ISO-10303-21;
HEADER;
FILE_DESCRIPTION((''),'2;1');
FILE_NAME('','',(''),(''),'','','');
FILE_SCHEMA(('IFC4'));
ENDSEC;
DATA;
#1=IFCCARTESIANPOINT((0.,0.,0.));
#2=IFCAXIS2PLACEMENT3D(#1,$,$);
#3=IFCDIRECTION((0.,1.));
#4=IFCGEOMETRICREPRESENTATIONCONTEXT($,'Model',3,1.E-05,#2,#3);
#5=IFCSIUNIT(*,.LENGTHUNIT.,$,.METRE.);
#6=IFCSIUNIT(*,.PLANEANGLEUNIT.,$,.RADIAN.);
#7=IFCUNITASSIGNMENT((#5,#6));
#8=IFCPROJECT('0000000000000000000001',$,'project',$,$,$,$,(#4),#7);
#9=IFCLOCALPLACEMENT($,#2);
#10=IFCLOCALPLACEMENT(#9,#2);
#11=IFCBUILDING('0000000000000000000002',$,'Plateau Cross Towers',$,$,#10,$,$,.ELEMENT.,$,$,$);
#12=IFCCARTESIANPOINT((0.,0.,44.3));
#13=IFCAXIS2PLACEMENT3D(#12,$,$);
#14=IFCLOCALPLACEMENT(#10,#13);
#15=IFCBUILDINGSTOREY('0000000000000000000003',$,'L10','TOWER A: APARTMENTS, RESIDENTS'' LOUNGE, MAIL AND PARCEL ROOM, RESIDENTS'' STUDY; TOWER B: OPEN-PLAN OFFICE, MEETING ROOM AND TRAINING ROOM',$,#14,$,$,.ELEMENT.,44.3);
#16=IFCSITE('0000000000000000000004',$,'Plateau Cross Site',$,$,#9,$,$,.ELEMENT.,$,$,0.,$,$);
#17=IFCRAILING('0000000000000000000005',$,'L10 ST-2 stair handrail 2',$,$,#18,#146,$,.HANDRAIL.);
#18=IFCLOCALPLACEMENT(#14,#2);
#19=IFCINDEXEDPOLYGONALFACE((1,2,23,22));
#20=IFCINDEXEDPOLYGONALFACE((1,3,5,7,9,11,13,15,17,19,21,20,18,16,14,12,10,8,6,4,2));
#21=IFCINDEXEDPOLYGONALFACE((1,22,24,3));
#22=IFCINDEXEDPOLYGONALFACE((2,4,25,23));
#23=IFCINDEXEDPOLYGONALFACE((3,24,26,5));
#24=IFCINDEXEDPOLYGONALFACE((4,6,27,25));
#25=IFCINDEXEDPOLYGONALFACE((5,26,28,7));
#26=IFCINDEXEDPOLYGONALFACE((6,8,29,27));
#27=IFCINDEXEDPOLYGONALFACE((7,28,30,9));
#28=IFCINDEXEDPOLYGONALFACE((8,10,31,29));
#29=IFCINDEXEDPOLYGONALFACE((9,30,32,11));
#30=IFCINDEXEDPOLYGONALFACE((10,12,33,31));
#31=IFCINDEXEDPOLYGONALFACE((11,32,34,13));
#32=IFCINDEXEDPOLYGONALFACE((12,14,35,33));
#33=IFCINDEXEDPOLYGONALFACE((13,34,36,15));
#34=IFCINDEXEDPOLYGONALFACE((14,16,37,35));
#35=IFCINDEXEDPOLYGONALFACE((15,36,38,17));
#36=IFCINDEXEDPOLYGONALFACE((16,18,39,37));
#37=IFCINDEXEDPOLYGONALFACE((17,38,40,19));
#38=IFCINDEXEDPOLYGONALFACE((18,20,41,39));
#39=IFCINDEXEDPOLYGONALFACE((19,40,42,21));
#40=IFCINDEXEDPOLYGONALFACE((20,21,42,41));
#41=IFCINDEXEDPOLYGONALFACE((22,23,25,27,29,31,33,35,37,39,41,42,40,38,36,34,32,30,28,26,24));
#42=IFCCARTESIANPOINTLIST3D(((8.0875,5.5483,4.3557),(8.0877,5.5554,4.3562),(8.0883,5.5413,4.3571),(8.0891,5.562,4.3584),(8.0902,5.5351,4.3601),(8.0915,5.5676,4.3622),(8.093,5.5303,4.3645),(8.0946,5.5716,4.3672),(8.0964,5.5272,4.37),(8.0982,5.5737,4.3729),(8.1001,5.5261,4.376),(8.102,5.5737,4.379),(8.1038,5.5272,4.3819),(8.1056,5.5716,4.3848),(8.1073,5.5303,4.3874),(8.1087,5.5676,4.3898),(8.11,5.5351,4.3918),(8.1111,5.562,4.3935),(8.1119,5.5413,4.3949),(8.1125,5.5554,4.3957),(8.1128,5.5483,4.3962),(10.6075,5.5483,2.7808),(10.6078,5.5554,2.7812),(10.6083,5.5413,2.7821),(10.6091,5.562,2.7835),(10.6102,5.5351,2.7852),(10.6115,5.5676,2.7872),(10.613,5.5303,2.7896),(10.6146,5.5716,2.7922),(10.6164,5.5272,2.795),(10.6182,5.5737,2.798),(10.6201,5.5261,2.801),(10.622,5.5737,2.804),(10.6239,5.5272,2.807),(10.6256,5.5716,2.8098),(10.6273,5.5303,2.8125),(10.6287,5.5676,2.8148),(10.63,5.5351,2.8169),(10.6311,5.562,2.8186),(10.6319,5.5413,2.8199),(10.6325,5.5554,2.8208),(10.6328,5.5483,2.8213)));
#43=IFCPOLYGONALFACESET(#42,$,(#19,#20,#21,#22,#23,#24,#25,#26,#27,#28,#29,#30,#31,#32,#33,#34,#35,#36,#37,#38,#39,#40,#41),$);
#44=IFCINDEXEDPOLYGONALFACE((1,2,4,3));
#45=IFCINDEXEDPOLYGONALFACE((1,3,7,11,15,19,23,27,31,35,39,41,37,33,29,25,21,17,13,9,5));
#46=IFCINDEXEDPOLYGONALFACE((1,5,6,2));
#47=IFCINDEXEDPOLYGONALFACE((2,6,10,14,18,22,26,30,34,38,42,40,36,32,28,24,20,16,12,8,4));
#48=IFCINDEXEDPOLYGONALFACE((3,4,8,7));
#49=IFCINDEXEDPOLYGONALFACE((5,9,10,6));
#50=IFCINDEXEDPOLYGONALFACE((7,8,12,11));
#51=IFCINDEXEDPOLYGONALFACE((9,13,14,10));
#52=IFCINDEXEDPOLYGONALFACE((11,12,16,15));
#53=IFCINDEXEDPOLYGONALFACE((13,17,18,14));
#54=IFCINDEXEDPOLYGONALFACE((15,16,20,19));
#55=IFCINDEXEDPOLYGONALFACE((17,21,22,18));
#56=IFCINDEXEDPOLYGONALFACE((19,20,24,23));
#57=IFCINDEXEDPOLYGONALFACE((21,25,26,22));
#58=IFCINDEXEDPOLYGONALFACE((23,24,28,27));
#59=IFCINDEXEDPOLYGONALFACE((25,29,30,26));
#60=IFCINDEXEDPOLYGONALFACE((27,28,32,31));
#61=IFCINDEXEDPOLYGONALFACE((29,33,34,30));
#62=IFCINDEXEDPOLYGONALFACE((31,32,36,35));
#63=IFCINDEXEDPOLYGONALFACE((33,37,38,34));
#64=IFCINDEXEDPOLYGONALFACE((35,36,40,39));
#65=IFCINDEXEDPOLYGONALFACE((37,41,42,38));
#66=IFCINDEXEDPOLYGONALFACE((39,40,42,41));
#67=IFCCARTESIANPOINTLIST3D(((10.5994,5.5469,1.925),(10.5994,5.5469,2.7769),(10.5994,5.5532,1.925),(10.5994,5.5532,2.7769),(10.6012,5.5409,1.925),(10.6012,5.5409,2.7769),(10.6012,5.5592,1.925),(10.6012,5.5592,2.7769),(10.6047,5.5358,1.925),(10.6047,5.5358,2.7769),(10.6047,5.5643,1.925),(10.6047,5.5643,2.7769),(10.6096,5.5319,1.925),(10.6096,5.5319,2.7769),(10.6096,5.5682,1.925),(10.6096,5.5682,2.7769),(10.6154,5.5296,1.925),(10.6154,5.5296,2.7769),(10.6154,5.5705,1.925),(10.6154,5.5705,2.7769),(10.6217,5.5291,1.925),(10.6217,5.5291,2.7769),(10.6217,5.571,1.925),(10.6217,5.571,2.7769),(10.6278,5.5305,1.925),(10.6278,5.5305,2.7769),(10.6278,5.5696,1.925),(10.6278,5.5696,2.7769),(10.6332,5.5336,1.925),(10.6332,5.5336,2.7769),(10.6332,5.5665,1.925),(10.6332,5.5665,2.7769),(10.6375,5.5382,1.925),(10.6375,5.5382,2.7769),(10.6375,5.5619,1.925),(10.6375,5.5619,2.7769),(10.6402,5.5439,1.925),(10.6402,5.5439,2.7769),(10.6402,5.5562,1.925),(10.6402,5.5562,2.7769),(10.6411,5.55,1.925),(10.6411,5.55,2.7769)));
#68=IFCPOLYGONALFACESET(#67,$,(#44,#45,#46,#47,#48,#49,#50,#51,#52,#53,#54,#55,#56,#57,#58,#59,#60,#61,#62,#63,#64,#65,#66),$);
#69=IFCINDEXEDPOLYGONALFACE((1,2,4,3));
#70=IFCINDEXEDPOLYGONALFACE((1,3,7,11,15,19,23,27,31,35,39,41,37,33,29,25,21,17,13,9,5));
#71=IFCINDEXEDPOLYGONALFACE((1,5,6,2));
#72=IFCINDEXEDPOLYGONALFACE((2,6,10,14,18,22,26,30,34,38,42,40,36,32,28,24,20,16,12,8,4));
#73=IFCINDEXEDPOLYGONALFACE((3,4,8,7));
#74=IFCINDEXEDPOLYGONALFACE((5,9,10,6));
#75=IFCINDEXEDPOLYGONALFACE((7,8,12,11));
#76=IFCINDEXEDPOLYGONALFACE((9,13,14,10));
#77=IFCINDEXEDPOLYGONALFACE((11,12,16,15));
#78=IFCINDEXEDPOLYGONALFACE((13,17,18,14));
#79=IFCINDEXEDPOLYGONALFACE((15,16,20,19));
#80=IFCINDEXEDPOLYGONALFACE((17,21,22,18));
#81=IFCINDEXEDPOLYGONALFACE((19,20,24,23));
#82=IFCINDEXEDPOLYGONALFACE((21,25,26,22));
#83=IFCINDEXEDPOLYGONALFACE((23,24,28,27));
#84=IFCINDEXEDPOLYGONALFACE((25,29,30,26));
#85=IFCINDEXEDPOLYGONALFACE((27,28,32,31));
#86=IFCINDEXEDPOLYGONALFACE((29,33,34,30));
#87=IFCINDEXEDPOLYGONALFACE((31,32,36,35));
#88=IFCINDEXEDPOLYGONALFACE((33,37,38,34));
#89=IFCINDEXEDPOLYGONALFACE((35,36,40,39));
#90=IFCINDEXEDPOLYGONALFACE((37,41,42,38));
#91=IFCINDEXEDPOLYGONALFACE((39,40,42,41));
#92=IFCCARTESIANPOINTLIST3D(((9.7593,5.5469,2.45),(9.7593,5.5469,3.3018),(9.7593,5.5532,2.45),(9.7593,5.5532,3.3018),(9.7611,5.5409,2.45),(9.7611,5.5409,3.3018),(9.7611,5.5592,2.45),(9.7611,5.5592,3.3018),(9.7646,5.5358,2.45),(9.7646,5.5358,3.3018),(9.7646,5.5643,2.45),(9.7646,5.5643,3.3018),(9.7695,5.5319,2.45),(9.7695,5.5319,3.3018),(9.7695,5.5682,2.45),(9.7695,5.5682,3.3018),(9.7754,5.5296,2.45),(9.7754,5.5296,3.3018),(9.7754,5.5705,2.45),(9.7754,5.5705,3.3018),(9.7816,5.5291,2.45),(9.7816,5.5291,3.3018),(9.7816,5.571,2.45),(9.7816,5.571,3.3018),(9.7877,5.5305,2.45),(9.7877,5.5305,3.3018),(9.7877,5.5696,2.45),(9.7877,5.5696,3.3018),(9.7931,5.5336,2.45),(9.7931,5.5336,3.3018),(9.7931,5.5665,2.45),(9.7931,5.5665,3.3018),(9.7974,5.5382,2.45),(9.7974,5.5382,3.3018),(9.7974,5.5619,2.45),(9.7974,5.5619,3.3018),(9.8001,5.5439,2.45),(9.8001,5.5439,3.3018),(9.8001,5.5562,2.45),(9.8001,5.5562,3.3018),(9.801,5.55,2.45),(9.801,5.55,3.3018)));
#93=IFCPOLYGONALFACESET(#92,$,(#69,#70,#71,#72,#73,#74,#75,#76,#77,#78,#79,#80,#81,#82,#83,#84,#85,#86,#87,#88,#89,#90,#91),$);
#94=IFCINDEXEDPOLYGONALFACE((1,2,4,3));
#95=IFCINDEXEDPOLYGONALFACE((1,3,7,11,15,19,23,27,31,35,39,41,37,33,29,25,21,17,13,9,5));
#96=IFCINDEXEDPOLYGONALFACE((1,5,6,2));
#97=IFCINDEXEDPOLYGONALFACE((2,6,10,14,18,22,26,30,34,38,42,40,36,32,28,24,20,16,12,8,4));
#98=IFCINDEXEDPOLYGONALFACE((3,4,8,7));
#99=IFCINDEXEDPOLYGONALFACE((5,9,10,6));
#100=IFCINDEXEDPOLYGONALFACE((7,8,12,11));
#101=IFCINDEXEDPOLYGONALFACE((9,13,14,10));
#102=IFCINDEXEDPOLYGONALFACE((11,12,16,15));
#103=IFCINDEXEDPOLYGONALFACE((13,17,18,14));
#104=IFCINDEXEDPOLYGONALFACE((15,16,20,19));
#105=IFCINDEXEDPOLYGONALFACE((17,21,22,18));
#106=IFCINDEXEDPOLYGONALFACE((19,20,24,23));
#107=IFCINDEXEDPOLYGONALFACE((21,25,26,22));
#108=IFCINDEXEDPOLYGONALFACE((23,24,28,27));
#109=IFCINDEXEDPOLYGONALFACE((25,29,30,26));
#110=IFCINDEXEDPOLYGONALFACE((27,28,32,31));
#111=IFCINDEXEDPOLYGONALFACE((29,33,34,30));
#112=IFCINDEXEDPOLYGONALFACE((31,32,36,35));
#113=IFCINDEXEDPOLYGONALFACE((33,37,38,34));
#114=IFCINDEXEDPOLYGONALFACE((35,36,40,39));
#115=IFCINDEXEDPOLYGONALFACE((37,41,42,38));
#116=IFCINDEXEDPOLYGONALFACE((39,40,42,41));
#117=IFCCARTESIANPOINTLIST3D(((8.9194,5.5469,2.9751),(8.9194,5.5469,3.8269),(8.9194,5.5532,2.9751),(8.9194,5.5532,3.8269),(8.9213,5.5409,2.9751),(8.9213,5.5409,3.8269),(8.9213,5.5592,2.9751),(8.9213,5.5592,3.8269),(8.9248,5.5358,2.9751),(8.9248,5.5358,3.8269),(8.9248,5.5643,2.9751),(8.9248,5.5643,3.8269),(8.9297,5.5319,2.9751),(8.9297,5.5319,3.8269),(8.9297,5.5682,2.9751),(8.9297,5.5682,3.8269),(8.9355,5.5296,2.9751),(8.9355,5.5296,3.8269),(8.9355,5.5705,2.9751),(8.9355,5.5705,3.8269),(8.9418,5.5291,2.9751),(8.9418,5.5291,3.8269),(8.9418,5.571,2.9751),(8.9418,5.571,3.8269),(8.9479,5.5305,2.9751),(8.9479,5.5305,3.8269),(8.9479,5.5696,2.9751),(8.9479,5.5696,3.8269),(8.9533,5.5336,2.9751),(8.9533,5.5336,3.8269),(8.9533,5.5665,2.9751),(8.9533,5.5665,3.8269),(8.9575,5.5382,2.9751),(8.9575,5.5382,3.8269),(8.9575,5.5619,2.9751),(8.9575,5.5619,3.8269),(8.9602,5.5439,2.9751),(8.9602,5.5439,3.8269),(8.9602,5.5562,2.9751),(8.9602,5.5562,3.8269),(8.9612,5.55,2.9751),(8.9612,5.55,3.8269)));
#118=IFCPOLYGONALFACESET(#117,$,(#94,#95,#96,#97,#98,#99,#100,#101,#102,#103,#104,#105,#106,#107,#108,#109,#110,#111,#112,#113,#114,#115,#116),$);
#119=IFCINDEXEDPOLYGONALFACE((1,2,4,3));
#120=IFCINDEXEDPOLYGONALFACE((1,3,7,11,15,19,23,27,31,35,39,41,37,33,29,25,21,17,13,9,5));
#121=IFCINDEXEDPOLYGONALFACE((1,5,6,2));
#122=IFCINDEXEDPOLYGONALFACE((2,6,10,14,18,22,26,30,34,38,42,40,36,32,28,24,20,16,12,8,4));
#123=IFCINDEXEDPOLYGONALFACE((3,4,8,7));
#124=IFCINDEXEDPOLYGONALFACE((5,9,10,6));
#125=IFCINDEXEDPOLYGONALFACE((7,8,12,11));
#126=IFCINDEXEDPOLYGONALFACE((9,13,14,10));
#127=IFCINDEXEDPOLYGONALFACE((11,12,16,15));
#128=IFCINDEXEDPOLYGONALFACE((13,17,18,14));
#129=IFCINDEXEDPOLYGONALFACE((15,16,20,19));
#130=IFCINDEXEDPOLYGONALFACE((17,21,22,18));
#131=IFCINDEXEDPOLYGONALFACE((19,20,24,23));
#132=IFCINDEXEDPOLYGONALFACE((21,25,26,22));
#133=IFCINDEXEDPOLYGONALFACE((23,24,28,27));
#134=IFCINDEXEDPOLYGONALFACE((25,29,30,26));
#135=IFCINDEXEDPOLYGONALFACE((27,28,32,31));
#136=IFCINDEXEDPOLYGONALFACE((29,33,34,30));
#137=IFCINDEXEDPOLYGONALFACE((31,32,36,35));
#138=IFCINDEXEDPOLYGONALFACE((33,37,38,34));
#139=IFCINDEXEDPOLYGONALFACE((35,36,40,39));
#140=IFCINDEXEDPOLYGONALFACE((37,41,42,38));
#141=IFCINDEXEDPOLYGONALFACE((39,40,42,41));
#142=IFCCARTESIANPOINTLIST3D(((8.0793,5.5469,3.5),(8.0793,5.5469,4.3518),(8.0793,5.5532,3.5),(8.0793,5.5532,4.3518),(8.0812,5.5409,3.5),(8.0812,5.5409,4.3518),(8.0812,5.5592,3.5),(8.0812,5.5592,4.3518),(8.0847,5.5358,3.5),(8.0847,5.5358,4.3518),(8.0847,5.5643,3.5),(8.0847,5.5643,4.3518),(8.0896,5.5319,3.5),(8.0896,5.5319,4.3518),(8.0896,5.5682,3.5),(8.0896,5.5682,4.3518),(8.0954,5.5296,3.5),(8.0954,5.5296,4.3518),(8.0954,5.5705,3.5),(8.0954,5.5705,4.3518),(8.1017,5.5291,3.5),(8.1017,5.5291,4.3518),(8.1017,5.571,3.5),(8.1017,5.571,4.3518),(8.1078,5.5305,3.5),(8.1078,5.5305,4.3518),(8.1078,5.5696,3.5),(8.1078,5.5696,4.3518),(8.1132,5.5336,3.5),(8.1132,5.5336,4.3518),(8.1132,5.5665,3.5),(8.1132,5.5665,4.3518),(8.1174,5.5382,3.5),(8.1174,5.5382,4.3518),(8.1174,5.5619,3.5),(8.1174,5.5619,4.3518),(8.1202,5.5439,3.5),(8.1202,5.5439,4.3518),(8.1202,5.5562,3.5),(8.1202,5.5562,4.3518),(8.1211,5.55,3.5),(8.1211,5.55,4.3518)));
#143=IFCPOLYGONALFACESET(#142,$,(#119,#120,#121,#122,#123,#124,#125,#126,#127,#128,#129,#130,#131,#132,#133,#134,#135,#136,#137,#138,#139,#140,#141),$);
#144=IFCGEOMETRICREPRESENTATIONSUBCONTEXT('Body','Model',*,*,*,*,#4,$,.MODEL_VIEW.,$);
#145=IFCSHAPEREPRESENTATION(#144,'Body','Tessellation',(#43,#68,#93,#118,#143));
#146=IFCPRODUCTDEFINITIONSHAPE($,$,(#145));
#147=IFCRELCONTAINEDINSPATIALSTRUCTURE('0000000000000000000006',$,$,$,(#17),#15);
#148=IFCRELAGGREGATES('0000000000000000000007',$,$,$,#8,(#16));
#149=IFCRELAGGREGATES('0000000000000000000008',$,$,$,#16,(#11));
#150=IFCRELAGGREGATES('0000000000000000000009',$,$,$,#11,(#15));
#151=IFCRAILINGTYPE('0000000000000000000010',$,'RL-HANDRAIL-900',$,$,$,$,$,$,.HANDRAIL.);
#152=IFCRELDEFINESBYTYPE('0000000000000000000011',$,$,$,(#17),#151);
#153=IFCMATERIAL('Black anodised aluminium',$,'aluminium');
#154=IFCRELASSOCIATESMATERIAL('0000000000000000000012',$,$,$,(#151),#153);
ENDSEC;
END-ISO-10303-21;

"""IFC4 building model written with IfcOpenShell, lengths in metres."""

from ifc_helpers import new_model, si_unit, direction, frame, origin, origin_2d, place, context, subcontext, project, spatial, circle, extrude, material, type_object, element, save


model = new_model("IFC4")

# Units and contexts
model_context = context("Model", 3, precision=1e-05, world=origin(), true_north=direction((0.0, 1.0)))
body_context = subcontext(model_context, "Body", "Model", "MODEL_VIEW")
ifc_project = project(units=[si_unit("LENGTHUNIT", "METRE"), si_unit("PLANEANGLEUNIT", "RADIAN")], contexts=[model_context])

# Site, building, storey
site_placement = place(None, origin())
site = spatial("IfcSite", under=ifc_project, at=site_placement, Name="Plateau Cross Site", CompositionType="ELEMENT", RefElevation=0.0)
building_placement = place(site_placement, origin())
building = spatial("IfcBuilding", under=site, at=building_placement, Name="Plateau Cross Towers", CompositionType="ELEMENT")
storey_placement = place(building_placement, frame((0.0, 0.0, 44.3)))
storey = spatial("IfcBuildingStorey", under=building, at=storey_placement, Name="L10", Description="TOWER A: APARTMENTS, RESIDENTS' LOUNGE, MAIL AND PARCEL ROOM, RESIDENTS' STUDY; TOWER B: OPEN-PLAN OFFICE, MEETING ROOM AND TRAINING ROOM", CompositionType="ELEMENT", Elevation=44.3)

# Railing
ifc_material_1 = material(Name="Black anodised aluminium", Category="aluminium")
railing_type_1 = type_object("IfcRailingType", Name="RL-HANDRAIL-900", PredefinedType="HANDRAIL", material=ifc_material_1)
railing_1_placement = place(storey_placement, frame((10.6201, 5.55, 1.925)))
element("IfcRailing", 1, at=railing_1_placement, inside=storey, type_object=railing_type_1, Name="L10 ST-2 stair handrail 2", PredefinedType="HANDRAIL", context=body_context, shape_type="SweptSolid", body=[
    extrude(circle(Radius=0.0239, at=origin_2d()), frame((0.0, 0.0, 0.876), z_axis=(-0.848008, 0.0, 0.529984), x_axis=(0.0, -1.0, 0.0)), (0.0, 0.0, 1.0), 2.9717),
    extrude(circle(Radius=0.021, at=origin_2d()), origin(), (0.0, 0.0, 1.0), 0.8518),
    extrude(circle(Radius=0.021, at=origin_2d()), frame((-0.8401, 0.0, 0.5249)), (0.0, 0.0, 1.0), 0.8518),
    extrude(circle(Radius=0.021, at=origin_2d()), frame((-1.6799, 0.0, 1.05)), (0.0, 0.0, 1.0), 0.8518),
    extrude(circle(Radius=0.021, at=origin_2d()), frame((-2.52, 0.0, 1.575)), (0.0, 0.0, 1.0), 0.8518),
])

save(model, "model.ifc")
